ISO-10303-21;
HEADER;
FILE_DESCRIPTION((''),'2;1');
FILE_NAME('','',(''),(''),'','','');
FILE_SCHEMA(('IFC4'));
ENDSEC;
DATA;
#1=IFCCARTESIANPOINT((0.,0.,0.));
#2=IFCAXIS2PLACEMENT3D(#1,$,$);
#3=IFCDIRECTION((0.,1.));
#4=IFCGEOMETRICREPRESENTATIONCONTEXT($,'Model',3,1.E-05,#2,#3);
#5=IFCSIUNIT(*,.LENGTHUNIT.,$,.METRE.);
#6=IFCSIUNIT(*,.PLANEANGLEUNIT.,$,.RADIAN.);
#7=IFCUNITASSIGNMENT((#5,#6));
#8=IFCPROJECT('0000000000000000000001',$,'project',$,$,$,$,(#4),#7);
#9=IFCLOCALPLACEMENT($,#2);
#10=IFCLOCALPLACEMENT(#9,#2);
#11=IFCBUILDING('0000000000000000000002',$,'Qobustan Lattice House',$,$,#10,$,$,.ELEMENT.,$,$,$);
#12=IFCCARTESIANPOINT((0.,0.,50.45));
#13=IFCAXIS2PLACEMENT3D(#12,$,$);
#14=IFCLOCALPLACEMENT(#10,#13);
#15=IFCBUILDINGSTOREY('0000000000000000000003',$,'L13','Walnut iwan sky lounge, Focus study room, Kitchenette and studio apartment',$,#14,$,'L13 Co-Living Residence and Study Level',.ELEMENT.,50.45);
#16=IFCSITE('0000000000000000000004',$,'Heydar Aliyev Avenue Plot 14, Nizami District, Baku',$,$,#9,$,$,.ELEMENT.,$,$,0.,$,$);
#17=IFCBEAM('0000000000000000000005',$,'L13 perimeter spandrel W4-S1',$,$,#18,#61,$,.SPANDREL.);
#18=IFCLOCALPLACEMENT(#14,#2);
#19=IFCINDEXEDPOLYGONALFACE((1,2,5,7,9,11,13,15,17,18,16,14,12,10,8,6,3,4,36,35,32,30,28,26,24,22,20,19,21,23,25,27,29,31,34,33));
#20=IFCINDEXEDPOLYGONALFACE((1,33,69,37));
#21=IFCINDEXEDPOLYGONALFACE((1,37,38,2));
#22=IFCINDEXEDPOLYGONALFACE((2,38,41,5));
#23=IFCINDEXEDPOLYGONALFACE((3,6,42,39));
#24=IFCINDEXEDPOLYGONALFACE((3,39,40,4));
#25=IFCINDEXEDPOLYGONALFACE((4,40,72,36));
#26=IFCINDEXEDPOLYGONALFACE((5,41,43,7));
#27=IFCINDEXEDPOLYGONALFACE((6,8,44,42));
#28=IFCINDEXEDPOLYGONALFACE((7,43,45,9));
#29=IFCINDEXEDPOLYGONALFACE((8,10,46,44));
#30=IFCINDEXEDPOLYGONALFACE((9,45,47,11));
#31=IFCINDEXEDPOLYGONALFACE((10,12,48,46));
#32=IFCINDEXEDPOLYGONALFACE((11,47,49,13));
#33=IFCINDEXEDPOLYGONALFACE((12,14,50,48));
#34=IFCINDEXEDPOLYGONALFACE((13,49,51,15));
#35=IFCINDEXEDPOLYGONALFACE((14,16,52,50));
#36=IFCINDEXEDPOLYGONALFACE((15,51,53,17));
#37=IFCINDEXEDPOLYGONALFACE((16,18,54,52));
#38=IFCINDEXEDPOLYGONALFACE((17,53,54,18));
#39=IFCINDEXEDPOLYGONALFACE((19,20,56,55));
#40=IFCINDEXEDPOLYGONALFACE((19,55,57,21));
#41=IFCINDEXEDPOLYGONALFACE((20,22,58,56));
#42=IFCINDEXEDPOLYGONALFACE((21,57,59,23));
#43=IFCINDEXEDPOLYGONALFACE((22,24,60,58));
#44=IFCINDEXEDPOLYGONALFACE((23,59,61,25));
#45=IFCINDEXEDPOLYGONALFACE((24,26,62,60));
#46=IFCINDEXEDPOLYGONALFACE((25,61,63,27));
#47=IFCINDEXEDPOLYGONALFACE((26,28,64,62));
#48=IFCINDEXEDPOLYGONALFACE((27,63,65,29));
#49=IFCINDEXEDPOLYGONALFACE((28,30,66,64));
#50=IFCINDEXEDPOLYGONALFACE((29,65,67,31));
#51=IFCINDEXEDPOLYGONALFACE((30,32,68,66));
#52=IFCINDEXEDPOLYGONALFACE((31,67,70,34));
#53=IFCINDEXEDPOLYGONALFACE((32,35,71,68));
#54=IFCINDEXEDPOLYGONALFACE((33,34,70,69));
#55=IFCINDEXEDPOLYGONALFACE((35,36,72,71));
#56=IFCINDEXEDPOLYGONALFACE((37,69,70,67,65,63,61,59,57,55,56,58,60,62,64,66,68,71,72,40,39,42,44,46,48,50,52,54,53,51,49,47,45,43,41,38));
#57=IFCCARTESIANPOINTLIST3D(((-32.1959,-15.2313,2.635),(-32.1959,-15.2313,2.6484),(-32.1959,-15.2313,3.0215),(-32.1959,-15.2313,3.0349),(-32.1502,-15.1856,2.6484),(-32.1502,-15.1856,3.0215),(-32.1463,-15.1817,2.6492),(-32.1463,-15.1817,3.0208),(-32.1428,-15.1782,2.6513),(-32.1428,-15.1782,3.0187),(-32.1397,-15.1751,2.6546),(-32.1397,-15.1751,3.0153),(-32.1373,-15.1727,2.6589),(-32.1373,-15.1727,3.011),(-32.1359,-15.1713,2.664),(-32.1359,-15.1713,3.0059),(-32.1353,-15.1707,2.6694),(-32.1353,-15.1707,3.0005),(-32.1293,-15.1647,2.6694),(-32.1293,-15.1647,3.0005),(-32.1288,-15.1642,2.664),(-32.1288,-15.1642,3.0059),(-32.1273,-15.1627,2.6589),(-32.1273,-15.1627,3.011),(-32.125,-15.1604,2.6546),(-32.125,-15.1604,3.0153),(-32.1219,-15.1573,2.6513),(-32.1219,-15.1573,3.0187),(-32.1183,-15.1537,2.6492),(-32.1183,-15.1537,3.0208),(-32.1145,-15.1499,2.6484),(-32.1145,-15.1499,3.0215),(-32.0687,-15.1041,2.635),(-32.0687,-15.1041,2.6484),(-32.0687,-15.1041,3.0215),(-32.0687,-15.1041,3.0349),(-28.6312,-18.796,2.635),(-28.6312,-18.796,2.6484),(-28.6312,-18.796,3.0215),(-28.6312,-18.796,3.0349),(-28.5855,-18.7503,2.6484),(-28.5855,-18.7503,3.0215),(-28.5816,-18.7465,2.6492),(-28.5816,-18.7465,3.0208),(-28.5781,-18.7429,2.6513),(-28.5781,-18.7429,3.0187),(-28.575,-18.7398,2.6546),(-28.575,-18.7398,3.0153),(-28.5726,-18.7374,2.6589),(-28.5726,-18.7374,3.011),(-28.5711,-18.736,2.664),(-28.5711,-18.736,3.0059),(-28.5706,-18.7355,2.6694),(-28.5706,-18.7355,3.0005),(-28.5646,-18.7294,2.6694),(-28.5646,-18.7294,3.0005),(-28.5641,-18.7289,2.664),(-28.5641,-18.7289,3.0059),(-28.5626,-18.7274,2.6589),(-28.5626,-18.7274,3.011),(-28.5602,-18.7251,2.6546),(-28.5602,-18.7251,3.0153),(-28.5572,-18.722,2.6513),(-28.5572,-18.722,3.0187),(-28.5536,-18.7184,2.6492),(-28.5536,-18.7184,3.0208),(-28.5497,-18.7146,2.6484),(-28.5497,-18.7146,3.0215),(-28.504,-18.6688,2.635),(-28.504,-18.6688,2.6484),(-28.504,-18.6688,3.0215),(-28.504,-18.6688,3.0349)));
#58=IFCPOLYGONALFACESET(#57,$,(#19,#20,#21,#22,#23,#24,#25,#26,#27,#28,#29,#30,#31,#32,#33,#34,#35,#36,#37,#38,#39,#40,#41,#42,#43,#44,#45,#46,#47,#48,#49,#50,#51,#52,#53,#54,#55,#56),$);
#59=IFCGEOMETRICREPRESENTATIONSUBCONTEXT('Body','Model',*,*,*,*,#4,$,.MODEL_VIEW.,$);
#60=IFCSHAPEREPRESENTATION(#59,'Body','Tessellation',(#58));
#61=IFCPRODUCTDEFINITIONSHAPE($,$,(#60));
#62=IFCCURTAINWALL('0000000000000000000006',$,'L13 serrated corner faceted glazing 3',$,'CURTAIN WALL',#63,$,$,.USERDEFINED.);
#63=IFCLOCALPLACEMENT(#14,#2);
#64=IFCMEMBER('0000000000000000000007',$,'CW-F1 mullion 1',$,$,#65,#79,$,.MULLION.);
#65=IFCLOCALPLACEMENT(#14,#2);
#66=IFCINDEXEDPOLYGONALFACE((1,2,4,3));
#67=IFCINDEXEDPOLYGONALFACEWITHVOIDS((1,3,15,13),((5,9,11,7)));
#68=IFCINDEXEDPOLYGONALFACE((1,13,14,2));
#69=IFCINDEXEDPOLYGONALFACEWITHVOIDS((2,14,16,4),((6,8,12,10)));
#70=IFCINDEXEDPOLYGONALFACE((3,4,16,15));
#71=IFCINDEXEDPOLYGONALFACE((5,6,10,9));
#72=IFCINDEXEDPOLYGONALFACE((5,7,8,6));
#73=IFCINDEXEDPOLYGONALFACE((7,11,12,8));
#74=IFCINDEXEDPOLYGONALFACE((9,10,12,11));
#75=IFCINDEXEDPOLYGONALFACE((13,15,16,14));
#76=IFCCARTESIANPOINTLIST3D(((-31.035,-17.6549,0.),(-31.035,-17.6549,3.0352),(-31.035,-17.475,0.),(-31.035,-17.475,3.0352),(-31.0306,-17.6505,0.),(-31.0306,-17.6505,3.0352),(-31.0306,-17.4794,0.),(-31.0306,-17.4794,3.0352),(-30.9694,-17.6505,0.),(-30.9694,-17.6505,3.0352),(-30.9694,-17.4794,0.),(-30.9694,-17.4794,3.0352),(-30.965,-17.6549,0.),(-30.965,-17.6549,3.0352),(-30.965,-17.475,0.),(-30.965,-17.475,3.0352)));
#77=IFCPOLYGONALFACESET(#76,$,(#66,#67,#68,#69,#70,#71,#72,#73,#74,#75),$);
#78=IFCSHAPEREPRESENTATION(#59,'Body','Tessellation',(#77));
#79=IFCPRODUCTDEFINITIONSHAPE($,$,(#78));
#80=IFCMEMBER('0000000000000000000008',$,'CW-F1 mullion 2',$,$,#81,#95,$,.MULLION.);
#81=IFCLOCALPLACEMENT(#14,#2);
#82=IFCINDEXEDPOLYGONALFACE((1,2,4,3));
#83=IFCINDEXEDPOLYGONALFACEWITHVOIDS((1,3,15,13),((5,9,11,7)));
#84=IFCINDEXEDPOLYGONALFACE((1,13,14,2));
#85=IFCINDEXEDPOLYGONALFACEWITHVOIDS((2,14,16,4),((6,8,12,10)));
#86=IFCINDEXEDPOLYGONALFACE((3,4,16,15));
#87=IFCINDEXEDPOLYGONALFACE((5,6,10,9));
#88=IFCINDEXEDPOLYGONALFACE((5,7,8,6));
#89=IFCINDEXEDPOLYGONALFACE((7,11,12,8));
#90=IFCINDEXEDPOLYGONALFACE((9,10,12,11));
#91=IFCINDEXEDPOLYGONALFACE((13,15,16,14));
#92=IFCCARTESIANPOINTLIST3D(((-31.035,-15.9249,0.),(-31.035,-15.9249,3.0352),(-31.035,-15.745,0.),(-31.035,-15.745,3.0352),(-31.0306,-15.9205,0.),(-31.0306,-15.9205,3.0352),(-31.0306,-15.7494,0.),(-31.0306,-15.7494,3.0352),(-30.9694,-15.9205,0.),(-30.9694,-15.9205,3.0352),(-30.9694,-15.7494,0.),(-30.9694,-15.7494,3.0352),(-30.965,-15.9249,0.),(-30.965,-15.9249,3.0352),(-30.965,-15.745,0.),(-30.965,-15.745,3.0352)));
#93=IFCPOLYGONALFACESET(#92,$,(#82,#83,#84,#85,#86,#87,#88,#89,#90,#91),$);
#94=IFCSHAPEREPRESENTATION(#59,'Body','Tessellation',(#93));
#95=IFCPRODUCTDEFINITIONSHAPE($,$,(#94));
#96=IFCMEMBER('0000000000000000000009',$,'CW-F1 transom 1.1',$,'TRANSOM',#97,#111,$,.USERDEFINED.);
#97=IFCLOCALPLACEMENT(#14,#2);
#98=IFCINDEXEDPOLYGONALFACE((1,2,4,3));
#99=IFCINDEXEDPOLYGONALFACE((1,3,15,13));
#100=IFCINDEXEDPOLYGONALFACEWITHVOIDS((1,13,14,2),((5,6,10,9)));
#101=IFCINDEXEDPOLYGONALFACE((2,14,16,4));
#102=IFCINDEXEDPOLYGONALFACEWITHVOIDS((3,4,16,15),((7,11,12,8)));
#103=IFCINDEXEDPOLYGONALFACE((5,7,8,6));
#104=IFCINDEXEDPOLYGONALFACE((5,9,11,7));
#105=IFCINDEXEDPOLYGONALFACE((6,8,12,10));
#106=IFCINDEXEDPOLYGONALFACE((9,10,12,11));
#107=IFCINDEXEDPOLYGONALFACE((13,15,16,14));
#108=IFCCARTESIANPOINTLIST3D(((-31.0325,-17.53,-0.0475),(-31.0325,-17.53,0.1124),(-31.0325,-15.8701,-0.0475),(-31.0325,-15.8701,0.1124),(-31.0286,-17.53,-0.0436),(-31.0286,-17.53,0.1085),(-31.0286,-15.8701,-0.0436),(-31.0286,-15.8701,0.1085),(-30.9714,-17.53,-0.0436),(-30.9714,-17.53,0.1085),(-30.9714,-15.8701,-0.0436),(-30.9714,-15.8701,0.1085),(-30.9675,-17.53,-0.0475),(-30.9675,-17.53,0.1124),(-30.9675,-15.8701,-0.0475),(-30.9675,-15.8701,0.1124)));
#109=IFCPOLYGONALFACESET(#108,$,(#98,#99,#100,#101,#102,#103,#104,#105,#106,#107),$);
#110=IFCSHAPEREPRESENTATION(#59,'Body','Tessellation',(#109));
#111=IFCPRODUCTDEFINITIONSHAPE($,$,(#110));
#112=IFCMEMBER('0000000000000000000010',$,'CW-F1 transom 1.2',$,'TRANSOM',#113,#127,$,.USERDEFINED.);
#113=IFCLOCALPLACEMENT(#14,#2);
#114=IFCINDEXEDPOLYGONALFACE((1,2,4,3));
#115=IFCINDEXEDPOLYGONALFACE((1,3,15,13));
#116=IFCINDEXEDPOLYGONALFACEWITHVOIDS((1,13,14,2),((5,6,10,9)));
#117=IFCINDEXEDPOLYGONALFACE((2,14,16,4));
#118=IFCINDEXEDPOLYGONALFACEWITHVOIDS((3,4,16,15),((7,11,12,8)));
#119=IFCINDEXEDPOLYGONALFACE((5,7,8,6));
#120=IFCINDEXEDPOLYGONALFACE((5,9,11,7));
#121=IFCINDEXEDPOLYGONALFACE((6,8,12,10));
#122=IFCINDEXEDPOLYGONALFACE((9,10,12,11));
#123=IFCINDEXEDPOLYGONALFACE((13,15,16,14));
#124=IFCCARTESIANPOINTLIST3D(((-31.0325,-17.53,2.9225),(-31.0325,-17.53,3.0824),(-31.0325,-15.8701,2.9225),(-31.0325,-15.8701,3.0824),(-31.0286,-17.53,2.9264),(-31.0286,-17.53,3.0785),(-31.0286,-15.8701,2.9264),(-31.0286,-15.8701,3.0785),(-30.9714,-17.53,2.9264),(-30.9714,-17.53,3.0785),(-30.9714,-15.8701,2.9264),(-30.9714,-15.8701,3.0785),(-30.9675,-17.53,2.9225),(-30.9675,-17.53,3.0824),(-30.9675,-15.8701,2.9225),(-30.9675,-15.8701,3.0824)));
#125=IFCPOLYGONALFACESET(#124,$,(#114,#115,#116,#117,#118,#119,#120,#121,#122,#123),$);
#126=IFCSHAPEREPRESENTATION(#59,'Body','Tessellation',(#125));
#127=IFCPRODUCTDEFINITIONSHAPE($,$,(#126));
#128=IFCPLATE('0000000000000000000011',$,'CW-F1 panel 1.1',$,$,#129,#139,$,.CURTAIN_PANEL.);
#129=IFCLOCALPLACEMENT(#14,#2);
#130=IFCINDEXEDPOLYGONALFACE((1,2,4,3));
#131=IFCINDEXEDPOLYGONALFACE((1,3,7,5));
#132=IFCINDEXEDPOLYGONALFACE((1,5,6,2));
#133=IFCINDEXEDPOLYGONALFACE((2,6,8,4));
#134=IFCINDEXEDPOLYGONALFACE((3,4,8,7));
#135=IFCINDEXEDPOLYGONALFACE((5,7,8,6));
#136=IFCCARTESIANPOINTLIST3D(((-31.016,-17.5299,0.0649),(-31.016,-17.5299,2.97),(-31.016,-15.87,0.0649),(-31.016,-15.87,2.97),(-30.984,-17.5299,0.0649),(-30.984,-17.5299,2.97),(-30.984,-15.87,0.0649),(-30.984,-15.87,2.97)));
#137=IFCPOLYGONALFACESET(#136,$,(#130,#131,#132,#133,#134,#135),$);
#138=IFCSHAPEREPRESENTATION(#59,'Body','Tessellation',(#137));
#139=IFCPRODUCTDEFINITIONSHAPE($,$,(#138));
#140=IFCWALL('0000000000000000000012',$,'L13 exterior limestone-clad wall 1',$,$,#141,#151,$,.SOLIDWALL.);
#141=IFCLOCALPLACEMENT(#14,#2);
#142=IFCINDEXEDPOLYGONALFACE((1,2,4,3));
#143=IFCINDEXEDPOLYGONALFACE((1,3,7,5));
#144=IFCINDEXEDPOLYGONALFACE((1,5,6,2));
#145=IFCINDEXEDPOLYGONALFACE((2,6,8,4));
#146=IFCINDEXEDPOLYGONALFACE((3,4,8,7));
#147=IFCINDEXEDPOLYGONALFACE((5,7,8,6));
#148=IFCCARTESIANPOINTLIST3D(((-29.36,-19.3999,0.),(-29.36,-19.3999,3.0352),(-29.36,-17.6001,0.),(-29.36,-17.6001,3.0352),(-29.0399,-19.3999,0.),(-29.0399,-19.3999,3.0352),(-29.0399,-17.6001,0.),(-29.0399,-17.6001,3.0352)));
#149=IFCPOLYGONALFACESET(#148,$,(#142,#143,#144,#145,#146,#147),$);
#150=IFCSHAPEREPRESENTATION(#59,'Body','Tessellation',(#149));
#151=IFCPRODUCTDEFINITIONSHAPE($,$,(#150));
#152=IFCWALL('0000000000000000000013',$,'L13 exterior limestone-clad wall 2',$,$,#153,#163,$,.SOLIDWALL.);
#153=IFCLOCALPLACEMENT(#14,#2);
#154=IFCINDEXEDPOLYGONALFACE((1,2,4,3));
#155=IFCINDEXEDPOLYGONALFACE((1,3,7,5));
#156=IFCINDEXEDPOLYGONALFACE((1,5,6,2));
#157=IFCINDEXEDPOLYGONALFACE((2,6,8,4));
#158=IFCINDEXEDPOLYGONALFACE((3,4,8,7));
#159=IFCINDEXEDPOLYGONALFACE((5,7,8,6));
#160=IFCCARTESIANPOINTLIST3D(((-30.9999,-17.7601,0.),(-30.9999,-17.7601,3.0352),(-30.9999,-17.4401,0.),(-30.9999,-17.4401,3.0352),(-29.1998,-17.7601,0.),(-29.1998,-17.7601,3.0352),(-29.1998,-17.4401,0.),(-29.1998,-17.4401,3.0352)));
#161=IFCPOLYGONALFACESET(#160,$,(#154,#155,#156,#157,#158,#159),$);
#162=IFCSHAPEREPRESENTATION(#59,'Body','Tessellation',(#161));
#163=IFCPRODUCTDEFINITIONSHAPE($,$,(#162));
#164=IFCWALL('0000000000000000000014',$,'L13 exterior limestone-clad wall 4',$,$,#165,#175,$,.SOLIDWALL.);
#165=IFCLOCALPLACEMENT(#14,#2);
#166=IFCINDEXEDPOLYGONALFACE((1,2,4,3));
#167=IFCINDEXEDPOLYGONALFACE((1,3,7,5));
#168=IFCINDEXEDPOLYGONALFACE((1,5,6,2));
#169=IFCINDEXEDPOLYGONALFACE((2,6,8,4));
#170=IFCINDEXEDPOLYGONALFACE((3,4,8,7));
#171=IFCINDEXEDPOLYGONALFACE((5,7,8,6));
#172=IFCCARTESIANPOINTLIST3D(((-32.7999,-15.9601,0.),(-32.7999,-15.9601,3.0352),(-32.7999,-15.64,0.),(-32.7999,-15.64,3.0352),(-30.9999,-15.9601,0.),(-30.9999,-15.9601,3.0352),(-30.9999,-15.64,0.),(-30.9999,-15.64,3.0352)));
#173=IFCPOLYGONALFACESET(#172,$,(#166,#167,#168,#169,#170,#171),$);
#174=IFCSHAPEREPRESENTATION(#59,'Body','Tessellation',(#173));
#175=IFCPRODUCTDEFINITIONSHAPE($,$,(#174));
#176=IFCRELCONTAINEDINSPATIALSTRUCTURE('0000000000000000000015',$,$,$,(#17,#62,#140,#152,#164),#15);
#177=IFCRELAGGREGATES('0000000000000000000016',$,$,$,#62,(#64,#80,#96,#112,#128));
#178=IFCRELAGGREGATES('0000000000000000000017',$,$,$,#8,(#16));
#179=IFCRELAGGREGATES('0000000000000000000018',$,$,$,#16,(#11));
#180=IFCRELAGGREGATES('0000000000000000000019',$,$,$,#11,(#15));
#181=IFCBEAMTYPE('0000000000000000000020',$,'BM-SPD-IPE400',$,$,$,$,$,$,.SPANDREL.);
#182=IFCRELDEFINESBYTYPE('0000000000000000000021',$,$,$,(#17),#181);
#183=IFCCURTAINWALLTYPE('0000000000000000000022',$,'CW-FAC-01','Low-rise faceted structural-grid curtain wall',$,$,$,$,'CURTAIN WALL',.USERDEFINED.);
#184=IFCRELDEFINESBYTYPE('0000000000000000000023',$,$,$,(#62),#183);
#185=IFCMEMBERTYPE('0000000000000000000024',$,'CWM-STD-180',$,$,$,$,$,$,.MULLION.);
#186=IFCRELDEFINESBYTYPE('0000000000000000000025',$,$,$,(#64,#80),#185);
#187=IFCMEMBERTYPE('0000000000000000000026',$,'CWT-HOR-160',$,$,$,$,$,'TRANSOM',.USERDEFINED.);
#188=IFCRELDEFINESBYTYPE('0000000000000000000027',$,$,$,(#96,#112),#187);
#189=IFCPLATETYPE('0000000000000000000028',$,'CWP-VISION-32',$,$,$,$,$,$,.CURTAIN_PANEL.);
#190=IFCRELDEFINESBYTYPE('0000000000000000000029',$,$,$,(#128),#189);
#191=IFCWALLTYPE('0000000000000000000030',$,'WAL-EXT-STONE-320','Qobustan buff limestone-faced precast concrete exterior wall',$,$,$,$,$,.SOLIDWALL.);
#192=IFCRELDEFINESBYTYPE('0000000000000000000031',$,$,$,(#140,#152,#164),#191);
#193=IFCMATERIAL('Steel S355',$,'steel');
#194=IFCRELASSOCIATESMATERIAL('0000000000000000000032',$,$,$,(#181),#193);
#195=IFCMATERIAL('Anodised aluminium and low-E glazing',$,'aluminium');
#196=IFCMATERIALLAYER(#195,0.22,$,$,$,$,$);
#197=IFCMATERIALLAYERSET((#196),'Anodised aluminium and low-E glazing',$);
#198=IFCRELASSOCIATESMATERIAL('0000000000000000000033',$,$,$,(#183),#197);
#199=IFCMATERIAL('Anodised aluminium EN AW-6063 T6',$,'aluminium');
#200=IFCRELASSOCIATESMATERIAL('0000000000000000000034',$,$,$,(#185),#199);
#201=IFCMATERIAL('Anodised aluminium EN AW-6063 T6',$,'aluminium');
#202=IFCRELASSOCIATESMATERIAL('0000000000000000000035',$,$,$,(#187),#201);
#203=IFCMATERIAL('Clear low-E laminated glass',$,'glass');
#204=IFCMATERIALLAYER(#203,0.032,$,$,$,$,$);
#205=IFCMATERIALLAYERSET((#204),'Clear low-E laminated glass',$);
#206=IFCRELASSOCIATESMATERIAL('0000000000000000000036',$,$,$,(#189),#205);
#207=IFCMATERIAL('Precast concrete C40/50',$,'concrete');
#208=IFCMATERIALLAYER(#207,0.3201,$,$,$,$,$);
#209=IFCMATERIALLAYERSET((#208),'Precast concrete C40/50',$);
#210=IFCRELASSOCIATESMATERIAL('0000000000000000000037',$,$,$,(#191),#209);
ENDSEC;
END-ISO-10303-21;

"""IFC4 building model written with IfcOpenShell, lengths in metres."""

from ifc_helpers import new_model, si_unit, direction, frame, frame_2d, origin, origin_2d, place, context, subcontext, project, spatial, rectangle, hollow_rectangle, i_section, extrude, material, layer, layer_set, material_profile, profile_set, type_object, element, aggregate, save


model = new_model("IFC4")

# Units and contexts
model_context = context("Model", 3, precision=1e-05, world=origin(), true_north=direction((0.0, 1.0)))
body_context = subcontext(model_context, "Body", "Model", "MODEL_VIEW")
ifc_project = project(units=[si_unit("LENGTHUNIT", "METRE"), si_unit("PLANEANGLEUNIT", "RADIAN")], contexts=[model_context])

# Site, building, storey
site_placement = place(None, origin())
site = spatial("IfcSite", under=ifc_project, at=site_placement, Name="Heydar Aliyev Avenue Plot 14, Nizami District, Baku", CompositionType="ELEMENT", RefElevation=0.0)
building_placement = place(site_placement, origin())
building = spatial("IfcBuilding", under=site, at=building_placement, Name="Qobustan Lattice House", CompositionType="ELEMENT")
storey_placement = place(building_placement, frame((0.0, 0.0, 50.45)))
storey = spatial("IfcBuildingStorey", under=building, at=storey_placement, Name="L13", Description="Walnut iwan sky lounge, Focus study room, Kitchenette and studio apartment", LongName="L13 Co-Living Residence and Study Level", CompositionType="ELEMENT", Elevation=50.45)

# Beam
ifc_material_1 = material(Name="Steel S355", Category="steel")
ifc_material_profile_1 = material_profile(ifc_material_1, i_section(OverallWidth=0.1799, OverallDepth=0.3999, WebThickness=0.0085, FlangeThickness=0.0134, FilletRadius=0.021, at=origin_2d()), Name="IPE400")
ifc_profile_set_1 = profile_set([ifc_material_profile_1], Name="Steel S355")
beam_type_1 = type_object("IfcBeamType", Name="BM-SPD-IPE400", PredefinedType="SPANDREL", material=ifc_profile_set_1)
beam_1_placement = place(storey_placement, frame((-32.1323, -15.1677, 2.835), z_axis=(0.707107, -0.707107, 0.0), x_axis=(0.707107, 0.707107, 0.0)))
element("IfcBeam", 1, at=beam_1_placement, inside=storey, type_object=beam_type_1, Name="L13 perimeter spandrel W4-S1", PredefinedType="SPANDREL", context=body_context, shape_type="SweptSolid", body=[
    extrude(i_section(OverallWidth=0.1799, OverallDepth=0.3999, WebThickness=0.0085, FlangeThickness=0.0134, FilletRadius=0.021, at=origin_2d()), origin(), (0.0, 0.0, 1.0), 5.0413),
])

# Curtain wall, members, plate
ifc_material_2 = material(Name="Anodised aluminium and low-E glazing", Category="aluminium")
ifc_layer_1 = layer(ifc_material_2, 0.22)
ifc_layer_set_1 = layer_set([ifc_layer_1], Name="Anodised aluminium and low-E glazing")
curtain_wall_type = type_object("IfcCurtainWallType", Name="CW-FAC-01", Description="Low-rise faceted structural-grid curtain wall", ElementType="CURTAIN WALL", PredefinedType="USERDEFINED", material=ifc_layer_set_1)
curtain_wall_placement = place(storey_placement, origin())
curtain_wall = element("IfcCurtainWall", 2, at=curtain_wall_placement, inside=storey, type_object=curtain_wall_type, Name="L13 serrated corner faceted glazing 3", ObjectType="CURTAIN WALL", PredefinedType="USERDEFINED")
ifc_material_3 = material(Name="Anodised aluminium EN AW-6063 T6", Category="aluminium")
ifc_material_profile_2 = material_profile(ifc_material_3, hollow_rectangle(XDim=0.0701, YDim=0.1799, WallThickness=0.0044, at=origin_2d()), Name="CWM-180x70")
ifc_profile_set_2 = profile_set([ifc_material_profile_2], Name="Anodised aluminium EN AW-6063 T6")
member_type_1 = type_object("IfcMemberType", Name="CWM-STD-180", PredefinedType="MULLION", material=ifc_profile_set_2)
member_1_placement = place(storey_placement, frame((-31.0, -17.5649, 0.0), z_axis=(0.0, 0.0, 1.0), x_axis=(-1.0, 0.0, 0.0)))
member_1 = element("IfcMember", 3, at=member_1_placement, type_object=member_type_1, Name="CW-F1 mullion 1", PredefinedType="MULLION", context=body_context, shape_type="SweptSolid", body=[
    extrude(hollow_rectangle(XDim=0.0701, YDim=0.1799, WallThickness=0.0044, at=origin_2d()), origin(), (0.0, 0.0, 1.0), 3.0352),
])
member_2_placement = place(storey_placement, frame((-31.0, -15.835, 0.0), z_axis=(0.0, 0.0, 1.0), x_axis=(-1.0, 0.0, 0.0)))
member_2 = element("IfcMember", 4, at=member_2_placement, type_object=member_type_1, Name="CW-F1 mullion 2", PredefinedType="MULLION", context=body_context, shape_type="SweptSolid", body=[
    extrude(hollow_rectangle(XDim=0.0701, YDim=0.1799, WallThickness=0.0044, at=origin_2d()), origin(), (0.0, 0.0, 1.0), 3.0352),
])
ifc_material_4 = material(Name="Anodised aluminium EN AW-6063 T6", Category="aluminium")
ifc_material_profile_3 = material_profile(ifc_material_4, hollow_rectangle(XDim=0.0649, YDim=0.1599, WallThickness=0.0039, at=origin_2d()), Name="CWT-160x65")
ifc_profile_set_3 = profile_set([ifc_material_profile_3], Name="Anodised aluminium EN AW-6063 T6")
member_type_2 = type_object("IfcMemberType", Name="CWT-HOR-160", ElementType="TRANSOM", PredefinedType="USERDEFINED", material=ifc_profile_set_3)
member_3_placement = place(storey_placement, frame((-31.0, -17.53, 0.0325), z_axis=(0.0, 1.0, 0.0), x_axis=(-1.0, 0.0, 0.0)))
member_3 = element("IfcMember", 5, at=member_3_placement, type_object=member_type_2, Name="CW-F1 transom 1.1", ObjectType="TRANSOM", PredefinedType="USERDEFINED", context=body_context, shape_type="SweptSolid", body=[
    extrude(hollow_rectangle(XDim=0.0649, YDim=0.1599, WallThickness=0.0039, at=origin_2d()), origin(), (0.0, 0.0, 1.0), 1.6599),
])
member_4_placement = place(storey_placement, frame((-31.0, -17.53, 3.0024), z_axis=(0.0, 1.0, 0.0), x_axis=(-1.0, 0.0, 0.0)))
member_4 = element("IfcMember", 6, at=member_4_placement, type_object=member_type_2, Name="CW-F1 transom 1.2", ObjectType="TRANSOM", PredefinedType="USERDEFINED", context=body_context, shape_type="SweptSolid", body=[
    extrude(hollow_rectangle(XDim=0.0649, YDim=0.1599, WallThickness=0.0039, at=origin_2d()), origin(), (0.0, 0.0, 1.0), 1.6599),
])
ifc_material_5 = material(Name="Clear low-E laminated glass", Category="glass")
ifc_layer_2 = layer(ifc_material_5, 0.032)
ifc_layer_set_2 = layer_set([ifc_layer_2], Name="Clear low-E laminated glass")
plate_type = type_object("IfcPlateType", Name="CWP-VISION-32", PredefinedType="CURTAIN_PANEL", material=ifc_layer_set_2)
plate_placement = place(storey_placement, frame((-31.0, -16.7, 0.0649), z_axis=(0.0, 0.0, 1.0), x_axis=(0.0, 1.0, 0.0)))
plate = element("IfcPlate", 7, at=plate_placement, type_object=plate_type, Name="CW-F1 panel 1.1", PredefinedType="CURTAIN_PANEL", context=body_context, shape_type="SweptSolid", body=[
    extrude(rectangle(XDim=1.6599, YDim=0.032, at=origin_2d()), origin(), (0.0, 0.0, 1.0), 2.905),
])
aggregate(curtain_wall, [member_1, member_2, member_3, member_4, plate])

# Walls
ifc_material_6 = material(Name="Precast concrete C40/50", Category="concrete")
ifc_layer_3 = layer(ifc_material_6, 0.3201)
ifc_layer_set_3 = layer_set([ifc_layer_3], Name="Precast concrete C40/50")
wall_type = type_object("IfcWallType", Name="WAL-EXT-STONE-320", Description="Qobustan buff limestone-faced precast concrete exterior wall", PredefinedType="SOLIDWALL", material=ifc_layer_set_3)
wall_1_placement = place(storey_placement, frame((-29.2, -19.3999, 0.0), z_axis=(0.0, 0.0, 1.0), x_axis=(0.0, 1.0, 0.0)))
element("IfcWall", 8, at=wall_1_placement, inside=storey, type_object=wall_type, Name="L13 exterior limestone-clad wall 1", PredefinedType="SOLIDWALL", context=body_context, shape_type="SweptSolid", body=[
    extrude(rectangle(XDim=1.7998, YDim=0.3201, at=frame_2d((0.8999, 0.0))), origin(), (0.0, 0.0, 1.0), 3.0352),
])
for number, where, z_axis, x_axis, name in (
    (9, (-29.2, -17.6001, 0.0), (0.0, 0.0, 1.0), (-1.0, 0.0, 0.0), "L13 exterior limestone-clad wall 2"),
    (10, (-31.0, -15.8, 0.0), (0.0, 0.0, 1.0), (-1.0, 0.0, 0.0), "L13 exterior limestone-clad wall 4"),
):
    element("IfcWall", number, at=place(storey_placement, frame(where, z_axis=z_axis, x_axis=x_axis)), inside=storey, type_object=wall_type, Name=name, PredefinedType="SOLIDWALL", context=body_context, shape_type="SweptSolid", body=[
        extrude(rectangle(XDim=1.8, YDim=0.3201, at=frame_2d((0.8999, 0.0))), origin(), (0.0, 0.0, 1.0), 3.0352),
    ])

save(model, "model.ifc")
